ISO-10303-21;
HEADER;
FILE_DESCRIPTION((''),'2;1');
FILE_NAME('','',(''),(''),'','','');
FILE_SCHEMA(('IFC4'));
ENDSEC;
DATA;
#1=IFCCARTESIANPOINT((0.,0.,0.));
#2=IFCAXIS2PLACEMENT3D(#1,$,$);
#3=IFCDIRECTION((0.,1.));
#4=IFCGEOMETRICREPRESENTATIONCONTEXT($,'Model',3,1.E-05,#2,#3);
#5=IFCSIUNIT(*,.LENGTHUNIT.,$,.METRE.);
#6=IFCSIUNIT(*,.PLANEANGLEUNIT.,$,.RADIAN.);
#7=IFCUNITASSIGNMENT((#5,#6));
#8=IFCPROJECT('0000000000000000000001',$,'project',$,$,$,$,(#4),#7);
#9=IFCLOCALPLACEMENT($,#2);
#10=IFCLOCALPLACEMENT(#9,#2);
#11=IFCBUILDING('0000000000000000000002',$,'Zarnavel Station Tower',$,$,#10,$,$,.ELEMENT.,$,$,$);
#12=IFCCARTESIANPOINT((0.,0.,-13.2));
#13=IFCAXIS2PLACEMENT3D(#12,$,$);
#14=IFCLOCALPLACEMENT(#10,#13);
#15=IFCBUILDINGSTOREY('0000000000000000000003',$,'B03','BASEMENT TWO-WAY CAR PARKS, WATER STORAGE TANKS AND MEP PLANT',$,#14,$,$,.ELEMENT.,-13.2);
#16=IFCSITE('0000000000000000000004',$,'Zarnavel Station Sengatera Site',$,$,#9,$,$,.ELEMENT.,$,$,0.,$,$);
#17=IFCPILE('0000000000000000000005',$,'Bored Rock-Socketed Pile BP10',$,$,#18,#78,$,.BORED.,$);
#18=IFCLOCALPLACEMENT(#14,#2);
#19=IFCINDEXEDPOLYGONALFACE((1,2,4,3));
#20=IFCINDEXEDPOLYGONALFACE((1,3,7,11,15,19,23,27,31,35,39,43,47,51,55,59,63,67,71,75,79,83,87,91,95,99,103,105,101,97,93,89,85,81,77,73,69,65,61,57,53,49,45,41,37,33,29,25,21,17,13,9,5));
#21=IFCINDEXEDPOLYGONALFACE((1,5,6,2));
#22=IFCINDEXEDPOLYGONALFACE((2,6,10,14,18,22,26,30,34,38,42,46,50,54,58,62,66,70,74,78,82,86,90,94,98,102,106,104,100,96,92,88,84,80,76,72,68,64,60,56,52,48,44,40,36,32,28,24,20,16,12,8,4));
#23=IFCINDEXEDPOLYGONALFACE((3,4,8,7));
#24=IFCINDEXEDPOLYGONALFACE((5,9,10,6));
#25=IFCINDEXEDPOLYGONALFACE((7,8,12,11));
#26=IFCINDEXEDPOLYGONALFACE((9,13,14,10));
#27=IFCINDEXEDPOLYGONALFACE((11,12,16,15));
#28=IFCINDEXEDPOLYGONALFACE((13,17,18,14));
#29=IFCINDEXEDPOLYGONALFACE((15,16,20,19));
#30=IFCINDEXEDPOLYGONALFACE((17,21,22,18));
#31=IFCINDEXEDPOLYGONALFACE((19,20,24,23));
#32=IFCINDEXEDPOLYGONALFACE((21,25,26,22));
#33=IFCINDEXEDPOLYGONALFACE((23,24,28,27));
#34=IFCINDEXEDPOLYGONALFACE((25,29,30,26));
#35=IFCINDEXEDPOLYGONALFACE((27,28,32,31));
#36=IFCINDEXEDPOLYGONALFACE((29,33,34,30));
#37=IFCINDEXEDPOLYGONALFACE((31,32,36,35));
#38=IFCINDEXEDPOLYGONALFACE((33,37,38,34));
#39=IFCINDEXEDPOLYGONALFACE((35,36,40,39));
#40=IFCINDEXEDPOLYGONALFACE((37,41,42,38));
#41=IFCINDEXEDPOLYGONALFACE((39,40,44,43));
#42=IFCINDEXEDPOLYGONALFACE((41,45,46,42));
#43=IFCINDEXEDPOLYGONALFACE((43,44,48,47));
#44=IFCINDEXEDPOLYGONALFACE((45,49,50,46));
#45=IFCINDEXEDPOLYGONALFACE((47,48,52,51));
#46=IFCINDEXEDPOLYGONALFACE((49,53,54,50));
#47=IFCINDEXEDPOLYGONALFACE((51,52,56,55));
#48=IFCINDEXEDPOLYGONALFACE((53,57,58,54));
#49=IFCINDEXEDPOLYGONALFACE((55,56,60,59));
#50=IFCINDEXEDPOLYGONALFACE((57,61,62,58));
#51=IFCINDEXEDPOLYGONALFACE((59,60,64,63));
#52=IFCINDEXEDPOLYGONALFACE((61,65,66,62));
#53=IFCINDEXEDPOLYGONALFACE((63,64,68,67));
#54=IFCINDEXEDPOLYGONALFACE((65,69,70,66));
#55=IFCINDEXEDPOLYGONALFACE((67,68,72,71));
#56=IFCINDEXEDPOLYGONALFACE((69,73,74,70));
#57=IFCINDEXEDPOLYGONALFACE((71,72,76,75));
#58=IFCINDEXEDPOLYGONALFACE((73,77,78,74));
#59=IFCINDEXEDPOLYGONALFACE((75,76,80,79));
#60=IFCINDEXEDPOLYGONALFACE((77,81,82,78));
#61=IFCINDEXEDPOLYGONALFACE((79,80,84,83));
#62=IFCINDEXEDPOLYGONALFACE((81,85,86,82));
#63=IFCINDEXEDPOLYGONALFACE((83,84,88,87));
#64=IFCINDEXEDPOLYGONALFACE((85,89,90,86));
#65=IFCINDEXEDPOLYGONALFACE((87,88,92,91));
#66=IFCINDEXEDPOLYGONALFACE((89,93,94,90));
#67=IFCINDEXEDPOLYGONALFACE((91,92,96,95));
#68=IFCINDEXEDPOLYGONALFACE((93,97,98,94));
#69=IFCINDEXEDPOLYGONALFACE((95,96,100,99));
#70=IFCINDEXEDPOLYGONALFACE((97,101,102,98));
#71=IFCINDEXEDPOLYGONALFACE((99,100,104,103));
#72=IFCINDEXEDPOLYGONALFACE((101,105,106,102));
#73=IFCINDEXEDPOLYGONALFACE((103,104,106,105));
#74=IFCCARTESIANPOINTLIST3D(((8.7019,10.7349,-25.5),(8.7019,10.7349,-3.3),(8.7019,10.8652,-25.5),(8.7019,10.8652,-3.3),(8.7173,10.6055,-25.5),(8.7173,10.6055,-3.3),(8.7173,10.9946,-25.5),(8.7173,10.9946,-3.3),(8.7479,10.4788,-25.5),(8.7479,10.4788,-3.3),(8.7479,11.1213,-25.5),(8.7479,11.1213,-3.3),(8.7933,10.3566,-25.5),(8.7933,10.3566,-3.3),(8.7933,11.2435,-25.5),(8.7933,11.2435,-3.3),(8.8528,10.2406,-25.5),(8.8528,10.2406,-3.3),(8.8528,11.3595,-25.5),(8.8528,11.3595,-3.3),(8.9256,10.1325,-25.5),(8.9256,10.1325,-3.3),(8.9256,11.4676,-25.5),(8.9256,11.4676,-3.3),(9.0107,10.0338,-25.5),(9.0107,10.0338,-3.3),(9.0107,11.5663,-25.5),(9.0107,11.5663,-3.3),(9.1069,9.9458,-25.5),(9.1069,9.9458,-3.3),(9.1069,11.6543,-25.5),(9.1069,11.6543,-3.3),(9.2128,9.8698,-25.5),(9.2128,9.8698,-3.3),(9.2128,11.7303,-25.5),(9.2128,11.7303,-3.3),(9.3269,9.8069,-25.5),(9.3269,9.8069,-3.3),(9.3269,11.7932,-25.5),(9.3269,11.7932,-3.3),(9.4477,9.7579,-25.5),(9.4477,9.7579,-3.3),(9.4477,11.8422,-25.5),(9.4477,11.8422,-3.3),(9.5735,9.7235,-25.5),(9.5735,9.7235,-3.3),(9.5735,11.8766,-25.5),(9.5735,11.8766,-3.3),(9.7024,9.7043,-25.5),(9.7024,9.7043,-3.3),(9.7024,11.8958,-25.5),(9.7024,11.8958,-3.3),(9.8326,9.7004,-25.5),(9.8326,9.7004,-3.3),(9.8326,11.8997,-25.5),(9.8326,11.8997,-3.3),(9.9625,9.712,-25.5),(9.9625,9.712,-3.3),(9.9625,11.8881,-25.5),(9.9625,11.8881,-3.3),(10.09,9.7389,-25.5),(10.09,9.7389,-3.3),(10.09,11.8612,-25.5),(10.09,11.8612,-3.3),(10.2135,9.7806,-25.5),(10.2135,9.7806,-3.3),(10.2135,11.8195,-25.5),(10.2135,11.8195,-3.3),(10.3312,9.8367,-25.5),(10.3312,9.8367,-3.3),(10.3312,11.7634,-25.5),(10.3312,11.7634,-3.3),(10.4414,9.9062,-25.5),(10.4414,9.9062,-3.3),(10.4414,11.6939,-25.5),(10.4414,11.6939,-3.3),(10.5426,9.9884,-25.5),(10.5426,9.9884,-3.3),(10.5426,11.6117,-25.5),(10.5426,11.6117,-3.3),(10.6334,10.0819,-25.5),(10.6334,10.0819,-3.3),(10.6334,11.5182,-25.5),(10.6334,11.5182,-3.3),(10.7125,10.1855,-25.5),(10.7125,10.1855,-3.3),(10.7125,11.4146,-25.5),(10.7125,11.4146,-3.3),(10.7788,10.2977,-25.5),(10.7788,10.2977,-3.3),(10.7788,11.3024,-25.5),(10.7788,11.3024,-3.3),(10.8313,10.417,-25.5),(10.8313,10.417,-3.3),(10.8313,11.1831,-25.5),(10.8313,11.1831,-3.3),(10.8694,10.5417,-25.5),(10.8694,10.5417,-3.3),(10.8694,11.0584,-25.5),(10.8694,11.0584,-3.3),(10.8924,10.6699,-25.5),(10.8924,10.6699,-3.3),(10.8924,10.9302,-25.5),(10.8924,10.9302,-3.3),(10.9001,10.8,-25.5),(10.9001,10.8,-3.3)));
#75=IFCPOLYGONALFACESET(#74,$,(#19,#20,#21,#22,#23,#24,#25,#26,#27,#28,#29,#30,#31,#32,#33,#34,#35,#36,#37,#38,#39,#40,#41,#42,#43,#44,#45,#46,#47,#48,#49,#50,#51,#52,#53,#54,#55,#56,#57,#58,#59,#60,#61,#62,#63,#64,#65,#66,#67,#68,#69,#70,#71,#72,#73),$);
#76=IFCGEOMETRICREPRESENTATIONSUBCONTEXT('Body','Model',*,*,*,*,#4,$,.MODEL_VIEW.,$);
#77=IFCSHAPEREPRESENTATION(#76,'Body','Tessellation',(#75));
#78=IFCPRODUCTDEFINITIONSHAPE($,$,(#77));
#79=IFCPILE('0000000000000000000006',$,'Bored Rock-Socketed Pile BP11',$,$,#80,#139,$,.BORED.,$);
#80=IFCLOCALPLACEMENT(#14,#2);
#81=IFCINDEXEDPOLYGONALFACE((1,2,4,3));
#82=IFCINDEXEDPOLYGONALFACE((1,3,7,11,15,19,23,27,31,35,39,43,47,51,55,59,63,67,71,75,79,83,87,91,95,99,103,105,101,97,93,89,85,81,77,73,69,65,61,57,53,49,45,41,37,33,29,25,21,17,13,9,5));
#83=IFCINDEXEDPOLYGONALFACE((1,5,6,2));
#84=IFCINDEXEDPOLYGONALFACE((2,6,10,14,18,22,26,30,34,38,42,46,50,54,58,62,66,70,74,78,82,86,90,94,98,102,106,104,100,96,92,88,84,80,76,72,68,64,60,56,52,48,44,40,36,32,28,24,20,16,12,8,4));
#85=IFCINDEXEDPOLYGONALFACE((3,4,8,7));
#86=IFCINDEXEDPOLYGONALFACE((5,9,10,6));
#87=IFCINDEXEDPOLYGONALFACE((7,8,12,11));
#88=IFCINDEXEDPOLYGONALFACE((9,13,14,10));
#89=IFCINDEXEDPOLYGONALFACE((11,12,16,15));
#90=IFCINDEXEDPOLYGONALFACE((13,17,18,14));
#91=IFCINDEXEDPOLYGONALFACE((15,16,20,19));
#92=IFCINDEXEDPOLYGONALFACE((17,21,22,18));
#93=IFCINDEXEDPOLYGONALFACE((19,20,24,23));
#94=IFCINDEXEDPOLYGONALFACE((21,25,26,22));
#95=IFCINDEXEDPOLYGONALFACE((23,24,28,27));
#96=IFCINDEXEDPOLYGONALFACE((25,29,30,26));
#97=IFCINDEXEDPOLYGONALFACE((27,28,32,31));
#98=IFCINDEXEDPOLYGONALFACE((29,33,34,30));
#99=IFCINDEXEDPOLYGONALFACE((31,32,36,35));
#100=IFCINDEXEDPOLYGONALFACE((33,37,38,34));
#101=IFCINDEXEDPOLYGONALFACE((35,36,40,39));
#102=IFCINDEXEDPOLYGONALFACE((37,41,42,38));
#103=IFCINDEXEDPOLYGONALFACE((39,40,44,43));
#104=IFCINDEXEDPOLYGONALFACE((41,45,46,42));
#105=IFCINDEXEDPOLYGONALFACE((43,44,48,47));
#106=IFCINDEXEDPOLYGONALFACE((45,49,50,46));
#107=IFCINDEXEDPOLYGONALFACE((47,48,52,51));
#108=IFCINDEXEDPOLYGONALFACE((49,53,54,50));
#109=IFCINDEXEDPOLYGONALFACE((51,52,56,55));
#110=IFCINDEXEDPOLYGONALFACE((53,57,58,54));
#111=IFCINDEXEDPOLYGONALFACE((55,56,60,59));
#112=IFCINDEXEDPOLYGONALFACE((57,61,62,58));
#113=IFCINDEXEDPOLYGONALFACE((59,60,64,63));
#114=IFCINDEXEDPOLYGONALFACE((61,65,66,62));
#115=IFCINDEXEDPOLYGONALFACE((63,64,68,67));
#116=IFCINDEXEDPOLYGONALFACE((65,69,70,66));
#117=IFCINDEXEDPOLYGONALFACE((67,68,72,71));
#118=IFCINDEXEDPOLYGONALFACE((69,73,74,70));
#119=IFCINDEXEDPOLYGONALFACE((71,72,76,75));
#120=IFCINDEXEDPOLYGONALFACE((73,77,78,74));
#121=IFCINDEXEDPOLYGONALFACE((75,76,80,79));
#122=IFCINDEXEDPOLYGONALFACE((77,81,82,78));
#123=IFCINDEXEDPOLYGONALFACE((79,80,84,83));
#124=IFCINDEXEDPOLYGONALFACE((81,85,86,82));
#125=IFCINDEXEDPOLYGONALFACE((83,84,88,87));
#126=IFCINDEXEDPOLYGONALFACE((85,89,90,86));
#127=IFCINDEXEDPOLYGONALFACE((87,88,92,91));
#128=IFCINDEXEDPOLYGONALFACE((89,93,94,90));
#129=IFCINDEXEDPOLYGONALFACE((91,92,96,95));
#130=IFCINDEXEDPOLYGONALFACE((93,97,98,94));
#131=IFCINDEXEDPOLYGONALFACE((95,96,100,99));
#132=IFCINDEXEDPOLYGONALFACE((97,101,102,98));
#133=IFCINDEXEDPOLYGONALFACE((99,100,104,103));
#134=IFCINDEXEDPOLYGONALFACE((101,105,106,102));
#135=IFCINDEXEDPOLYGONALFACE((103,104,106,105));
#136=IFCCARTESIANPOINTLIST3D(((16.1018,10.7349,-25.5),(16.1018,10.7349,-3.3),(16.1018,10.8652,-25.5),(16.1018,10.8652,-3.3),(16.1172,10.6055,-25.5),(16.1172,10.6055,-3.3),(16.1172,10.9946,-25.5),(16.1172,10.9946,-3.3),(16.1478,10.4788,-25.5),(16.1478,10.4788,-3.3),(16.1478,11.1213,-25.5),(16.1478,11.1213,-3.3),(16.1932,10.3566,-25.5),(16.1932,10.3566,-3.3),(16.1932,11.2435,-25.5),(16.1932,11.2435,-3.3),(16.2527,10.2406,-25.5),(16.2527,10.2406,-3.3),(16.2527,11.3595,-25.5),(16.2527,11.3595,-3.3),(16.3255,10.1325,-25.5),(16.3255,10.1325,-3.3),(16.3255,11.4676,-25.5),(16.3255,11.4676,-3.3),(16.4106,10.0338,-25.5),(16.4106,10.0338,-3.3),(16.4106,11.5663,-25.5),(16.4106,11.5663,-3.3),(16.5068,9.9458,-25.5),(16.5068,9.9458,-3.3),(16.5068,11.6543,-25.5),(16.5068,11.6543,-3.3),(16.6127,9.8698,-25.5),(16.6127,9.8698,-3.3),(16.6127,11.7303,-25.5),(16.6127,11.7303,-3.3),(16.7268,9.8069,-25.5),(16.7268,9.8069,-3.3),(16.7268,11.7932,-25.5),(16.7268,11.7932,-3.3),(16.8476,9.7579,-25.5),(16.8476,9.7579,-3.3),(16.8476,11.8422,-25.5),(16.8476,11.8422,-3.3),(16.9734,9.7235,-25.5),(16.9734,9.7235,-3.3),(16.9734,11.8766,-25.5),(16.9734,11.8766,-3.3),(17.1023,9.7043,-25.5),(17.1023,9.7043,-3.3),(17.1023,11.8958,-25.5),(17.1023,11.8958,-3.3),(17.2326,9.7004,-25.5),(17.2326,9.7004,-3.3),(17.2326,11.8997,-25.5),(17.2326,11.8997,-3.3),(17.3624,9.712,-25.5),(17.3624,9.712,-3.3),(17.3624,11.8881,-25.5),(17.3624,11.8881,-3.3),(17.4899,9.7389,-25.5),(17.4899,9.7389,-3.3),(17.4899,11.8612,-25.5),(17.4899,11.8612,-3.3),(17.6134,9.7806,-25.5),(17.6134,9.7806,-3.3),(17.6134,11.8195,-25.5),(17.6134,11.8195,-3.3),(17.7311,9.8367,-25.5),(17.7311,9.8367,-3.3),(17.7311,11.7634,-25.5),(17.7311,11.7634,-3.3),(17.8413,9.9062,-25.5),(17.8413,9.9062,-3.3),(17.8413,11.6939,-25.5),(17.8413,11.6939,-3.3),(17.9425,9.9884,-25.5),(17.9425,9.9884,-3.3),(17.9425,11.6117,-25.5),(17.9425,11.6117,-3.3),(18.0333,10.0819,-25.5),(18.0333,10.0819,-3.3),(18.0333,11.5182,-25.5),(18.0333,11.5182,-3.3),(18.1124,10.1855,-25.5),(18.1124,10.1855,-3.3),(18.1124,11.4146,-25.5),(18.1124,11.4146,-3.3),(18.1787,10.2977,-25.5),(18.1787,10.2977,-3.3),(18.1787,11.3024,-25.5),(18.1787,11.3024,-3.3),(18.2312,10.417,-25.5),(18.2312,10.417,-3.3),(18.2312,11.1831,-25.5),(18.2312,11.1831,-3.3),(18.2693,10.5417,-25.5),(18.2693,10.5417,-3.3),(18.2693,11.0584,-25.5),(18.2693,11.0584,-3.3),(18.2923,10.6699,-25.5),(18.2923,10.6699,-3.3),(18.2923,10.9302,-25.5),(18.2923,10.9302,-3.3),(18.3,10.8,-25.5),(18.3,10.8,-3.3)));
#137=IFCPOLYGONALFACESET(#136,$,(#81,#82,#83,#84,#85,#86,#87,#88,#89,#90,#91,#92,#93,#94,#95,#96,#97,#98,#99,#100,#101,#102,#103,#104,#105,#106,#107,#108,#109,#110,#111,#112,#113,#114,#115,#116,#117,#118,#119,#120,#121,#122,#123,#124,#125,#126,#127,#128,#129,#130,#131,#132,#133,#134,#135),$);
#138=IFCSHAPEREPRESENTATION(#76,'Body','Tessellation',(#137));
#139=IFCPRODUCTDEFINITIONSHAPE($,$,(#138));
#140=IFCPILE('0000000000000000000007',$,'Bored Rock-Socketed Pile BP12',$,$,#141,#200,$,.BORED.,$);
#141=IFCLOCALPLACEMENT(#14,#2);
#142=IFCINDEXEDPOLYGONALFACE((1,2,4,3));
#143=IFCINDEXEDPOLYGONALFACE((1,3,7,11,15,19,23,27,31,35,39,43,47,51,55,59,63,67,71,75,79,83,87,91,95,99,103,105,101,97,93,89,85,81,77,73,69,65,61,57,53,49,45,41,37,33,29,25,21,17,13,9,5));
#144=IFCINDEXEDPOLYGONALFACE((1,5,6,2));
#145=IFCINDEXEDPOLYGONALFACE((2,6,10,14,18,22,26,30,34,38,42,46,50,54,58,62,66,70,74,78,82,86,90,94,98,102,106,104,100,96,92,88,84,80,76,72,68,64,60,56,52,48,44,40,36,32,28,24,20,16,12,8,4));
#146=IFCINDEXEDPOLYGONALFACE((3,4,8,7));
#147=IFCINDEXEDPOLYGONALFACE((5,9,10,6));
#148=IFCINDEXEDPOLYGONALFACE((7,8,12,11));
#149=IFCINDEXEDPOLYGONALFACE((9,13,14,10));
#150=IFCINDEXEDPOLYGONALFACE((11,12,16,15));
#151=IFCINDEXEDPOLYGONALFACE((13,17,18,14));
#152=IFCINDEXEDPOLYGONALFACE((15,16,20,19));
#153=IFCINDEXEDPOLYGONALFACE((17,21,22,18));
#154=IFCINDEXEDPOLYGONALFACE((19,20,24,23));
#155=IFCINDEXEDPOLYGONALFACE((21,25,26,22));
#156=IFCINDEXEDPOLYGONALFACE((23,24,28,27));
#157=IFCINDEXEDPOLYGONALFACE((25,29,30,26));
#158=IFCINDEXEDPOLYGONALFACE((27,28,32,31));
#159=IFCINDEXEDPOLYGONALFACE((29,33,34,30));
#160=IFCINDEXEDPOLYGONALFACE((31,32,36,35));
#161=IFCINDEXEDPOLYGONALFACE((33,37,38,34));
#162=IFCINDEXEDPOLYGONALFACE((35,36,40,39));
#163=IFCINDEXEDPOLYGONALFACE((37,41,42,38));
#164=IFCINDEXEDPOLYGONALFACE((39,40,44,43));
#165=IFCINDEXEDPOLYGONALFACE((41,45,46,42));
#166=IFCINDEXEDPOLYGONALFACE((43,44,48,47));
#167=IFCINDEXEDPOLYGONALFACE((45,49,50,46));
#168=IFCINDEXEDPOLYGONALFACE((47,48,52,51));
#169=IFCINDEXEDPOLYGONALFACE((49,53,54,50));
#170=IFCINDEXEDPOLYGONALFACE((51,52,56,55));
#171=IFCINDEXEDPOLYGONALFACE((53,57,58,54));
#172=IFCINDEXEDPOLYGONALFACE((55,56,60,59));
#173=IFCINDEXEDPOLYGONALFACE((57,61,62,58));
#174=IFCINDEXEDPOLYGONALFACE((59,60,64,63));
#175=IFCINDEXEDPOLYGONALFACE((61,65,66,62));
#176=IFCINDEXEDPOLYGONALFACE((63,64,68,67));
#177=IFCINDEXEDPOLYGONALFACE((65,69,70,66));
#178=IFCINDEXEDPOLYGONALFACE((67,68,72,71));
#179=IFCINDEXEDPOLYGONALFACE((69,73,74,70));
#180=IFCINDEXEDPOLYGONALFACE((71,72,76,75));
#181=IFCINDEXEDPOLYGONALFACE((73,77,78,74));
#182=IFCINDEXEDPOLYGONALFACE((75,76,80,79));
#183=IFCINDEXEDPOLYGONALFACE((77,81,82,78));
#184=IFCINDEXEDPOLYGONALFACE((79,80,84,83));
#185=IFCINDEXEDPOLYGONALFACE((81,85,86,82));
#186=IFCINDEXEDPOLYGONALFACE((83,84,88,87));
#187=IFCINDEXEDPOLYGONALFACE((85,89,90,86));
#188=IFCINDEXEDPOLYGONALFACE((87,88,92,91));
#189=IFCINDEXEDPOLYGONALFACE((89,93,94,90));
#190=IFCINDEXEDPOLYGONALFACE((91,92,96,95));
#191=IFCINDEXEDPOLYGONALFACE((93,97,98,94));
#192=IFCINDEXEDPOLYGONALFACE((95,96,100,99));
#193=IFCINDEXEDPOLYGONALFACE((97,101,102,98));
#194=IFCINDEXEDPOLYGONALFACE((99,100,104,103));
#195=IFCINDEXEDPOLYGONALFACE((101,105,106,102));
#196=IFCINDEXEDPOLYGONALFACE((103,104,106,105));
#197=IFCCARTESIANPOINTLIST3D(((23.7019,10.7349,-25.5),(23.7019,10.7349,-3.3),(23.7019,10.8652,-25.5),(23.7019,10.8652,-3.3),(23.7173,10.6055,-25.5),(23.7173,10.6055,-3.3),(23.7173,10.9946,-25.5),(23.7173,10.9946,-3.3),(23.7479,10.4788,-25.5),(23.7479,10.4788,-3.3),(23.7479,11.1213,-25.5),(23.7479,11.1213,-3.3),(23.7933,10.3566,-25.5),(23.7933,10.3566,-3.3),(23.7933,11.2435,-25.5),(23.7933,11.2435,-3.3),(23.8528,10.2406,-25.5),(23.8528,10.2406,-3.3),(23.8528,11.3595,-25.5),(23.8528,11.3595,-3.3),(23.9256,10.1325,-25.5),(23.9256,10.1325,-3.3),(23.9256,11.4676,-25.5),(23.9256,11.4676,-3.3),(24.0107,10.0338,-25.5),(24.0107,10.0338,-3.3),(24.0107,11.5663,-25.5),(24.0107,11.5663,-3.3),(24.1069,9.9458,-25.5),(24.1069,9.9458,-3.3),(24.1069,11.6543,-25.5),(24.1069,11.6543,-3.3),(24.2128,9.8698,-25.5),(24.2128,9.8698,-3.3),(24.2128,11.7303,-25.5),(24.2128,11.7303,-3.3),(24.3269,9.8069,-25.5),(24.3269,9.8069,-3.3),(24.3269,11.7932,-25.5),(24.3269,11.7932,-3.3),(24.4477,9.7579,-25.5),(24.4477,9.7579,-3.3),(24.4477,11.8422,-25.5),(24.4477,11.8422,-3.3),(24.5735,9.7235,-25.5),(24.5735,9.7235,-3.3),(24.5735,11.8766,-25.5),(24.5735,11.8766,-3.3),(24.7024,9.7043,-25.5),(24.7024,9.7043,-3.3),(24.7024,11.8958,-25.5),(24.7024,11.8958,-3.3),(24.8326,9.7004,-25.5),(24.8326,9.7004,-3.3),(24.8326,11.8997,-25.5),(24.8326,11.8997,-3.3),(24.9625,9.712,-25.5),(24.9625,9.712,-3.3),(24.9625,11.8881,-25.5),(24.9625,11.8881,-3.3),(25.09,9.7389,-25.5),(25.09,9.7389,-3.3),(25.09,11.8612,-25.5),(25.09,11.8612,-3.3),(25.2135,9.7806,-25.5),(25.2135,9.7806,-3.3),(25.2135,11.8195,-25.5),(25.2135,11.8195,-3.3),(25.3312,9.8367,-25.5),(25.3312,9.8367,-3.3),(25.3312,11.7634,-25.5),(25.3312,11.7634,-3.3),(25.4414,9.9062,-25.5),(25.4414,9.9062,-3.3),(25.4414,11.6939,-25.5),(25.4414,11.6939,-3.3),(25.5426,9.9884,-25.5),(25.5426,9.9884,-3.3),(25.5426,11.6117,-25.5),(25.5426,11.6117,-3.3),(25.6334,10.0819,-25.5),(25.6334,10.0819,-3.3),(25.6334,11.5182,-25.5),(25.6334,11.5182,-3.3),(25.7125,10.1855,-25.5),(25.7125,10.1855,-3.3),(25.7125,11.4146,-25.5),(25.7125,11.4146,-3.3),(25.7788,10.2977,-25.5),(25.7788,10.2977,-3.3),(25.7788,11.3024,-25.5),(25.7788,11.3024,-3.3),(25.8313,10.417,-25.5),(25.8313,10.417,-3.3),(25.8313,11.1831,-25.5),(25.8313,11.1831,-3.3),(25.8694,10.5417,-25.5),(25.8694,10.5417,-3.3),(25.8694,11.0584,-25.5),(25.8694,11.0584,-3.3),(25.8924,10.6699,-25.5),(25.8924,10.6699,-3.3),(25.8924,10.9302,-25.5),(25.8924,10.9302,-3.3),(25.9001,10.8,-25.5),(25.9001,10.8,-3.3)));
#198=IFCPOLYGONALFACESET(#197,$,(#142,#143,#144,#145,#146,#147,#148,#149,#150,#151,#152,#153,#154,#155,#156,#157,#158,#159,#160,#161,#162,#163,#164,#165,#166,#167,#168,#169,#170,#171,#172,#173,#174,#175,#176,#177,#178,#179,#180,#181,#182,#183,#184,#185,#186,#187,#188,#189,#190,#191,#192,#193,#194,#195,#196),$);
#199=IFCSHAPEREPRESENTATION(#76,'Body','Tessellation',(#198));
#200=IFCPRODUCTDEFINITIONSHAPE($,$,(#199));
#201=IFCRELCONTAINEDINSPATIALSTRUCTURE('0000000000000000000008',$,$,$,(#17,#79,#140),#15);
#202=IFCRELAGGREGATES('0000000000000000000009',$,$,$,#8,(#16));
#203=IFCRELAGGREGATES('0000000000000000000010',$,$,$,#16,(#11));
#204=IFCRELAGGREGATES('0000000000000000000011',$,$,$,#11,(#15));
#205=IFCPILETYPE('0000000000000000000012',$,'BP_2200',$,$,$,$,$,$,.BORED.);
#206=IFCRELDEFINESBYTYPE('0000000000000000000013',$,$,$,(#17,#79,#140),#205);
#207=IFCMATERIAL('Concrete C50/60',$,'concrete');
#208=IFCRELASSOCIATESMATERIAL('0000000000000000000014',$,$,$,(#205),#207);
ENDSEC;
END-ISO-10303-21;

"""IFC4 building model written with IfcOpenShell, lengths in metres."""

from ifc_helpers import new_model, si_unit, direction, frame, origin, origin_2d, place, context, subcontext, project, spatial, circle, extrude, material, material_profile, profile_set, type_object, element, save


model = new_model("IFC4")

# Units and contexts
model_context = context("Model", 3, precision=1e-05, world=origin(), true_north=direction((0.0, 1.0)))
body_context = subcontext(model_context, "Body", "Model", "MODEL_VIEW")
ifc_project = project(units=[si_unit("LENGTHUNIT", "METRE"), si_unit("PLANEANGLEUNIT", "RADIAN")], contexts=[model_context])

# Site, building, storey
site_placement = place(None, origin())
site = spatial("IfcSite", under=ifc_project, at=site_placement, Name="Zarnavel Station Sengatera Site", CompositionType="ELEMENT", RefElevation=0.0)
building_placement = place(site_placement, origin())
building = spatial("IfcBuilding", under=site, at=building_placement, Name="Zarnavel Station Tower", CompositionType="ELEMENT")
storey_placement = place(building_placement, frame((0.0, 0.0, -13.2)))
storey = spatial("IfcBuildingStorey", under=building, at=storey_placement, Name="B03", Description="BASEMENT TWO-WAY CAR PARKS, WATER STORAGE TANKS AND MEP PLANT", CompositionType="ELEMENT", Elevation=-13.2)

# Piles
ifc_material_1 = material(Name="Concrete C50/60", Category="concrete")
ifc_material_profile_1 = material_profile(ifc_material_1, circle(Radius=1.1001, at=origin_2d()), Name="PILE2200")
ifc_profile_set_1 = profile_set([ifc_material_profile_1], Name="Concrete C50/60")
pile_type_1 = type_object("IfcPileType", Name="BP_2200", PredefinedType="BORED", material=ifc_profile_set_1)
for number, where, z_axis, x_axis, name in (
    (1, (9.8, 10.8, -3.3), (0.0, 0.0, -1.0), (1.0, 0.0, 0.0), "Bored Rock-Socketed Pile BP10"),
    (2, (17.2, 10.8, -3.3), (0.0, 0.0, -1.0), (1.0, 0.0, 0.0), "Bored Rock-Socketed Pile BP11"),
    (3, (24.8, 10.8, -3.3), (0.0, 0.0, -1.0), (1.0, 0.0, 0.0), "Bored Rock-Socketed Pile BP12"),
):
    element("IfcPile", number, at=place(storey_placement, frame(where, z_axis=z_axis, x_axis=x_axis)), inside=storey, type_object=pile_type_1, Name=name, PredefinedType="BORED", context=body_context, shape_type="SweptSolid", body=[
        extrude(circle(Radius=1.1001, at=origin_2d()), origin(), (0.0, 0.0, 1.0), 22.2),
    ])

save(model, "model.ifc")
